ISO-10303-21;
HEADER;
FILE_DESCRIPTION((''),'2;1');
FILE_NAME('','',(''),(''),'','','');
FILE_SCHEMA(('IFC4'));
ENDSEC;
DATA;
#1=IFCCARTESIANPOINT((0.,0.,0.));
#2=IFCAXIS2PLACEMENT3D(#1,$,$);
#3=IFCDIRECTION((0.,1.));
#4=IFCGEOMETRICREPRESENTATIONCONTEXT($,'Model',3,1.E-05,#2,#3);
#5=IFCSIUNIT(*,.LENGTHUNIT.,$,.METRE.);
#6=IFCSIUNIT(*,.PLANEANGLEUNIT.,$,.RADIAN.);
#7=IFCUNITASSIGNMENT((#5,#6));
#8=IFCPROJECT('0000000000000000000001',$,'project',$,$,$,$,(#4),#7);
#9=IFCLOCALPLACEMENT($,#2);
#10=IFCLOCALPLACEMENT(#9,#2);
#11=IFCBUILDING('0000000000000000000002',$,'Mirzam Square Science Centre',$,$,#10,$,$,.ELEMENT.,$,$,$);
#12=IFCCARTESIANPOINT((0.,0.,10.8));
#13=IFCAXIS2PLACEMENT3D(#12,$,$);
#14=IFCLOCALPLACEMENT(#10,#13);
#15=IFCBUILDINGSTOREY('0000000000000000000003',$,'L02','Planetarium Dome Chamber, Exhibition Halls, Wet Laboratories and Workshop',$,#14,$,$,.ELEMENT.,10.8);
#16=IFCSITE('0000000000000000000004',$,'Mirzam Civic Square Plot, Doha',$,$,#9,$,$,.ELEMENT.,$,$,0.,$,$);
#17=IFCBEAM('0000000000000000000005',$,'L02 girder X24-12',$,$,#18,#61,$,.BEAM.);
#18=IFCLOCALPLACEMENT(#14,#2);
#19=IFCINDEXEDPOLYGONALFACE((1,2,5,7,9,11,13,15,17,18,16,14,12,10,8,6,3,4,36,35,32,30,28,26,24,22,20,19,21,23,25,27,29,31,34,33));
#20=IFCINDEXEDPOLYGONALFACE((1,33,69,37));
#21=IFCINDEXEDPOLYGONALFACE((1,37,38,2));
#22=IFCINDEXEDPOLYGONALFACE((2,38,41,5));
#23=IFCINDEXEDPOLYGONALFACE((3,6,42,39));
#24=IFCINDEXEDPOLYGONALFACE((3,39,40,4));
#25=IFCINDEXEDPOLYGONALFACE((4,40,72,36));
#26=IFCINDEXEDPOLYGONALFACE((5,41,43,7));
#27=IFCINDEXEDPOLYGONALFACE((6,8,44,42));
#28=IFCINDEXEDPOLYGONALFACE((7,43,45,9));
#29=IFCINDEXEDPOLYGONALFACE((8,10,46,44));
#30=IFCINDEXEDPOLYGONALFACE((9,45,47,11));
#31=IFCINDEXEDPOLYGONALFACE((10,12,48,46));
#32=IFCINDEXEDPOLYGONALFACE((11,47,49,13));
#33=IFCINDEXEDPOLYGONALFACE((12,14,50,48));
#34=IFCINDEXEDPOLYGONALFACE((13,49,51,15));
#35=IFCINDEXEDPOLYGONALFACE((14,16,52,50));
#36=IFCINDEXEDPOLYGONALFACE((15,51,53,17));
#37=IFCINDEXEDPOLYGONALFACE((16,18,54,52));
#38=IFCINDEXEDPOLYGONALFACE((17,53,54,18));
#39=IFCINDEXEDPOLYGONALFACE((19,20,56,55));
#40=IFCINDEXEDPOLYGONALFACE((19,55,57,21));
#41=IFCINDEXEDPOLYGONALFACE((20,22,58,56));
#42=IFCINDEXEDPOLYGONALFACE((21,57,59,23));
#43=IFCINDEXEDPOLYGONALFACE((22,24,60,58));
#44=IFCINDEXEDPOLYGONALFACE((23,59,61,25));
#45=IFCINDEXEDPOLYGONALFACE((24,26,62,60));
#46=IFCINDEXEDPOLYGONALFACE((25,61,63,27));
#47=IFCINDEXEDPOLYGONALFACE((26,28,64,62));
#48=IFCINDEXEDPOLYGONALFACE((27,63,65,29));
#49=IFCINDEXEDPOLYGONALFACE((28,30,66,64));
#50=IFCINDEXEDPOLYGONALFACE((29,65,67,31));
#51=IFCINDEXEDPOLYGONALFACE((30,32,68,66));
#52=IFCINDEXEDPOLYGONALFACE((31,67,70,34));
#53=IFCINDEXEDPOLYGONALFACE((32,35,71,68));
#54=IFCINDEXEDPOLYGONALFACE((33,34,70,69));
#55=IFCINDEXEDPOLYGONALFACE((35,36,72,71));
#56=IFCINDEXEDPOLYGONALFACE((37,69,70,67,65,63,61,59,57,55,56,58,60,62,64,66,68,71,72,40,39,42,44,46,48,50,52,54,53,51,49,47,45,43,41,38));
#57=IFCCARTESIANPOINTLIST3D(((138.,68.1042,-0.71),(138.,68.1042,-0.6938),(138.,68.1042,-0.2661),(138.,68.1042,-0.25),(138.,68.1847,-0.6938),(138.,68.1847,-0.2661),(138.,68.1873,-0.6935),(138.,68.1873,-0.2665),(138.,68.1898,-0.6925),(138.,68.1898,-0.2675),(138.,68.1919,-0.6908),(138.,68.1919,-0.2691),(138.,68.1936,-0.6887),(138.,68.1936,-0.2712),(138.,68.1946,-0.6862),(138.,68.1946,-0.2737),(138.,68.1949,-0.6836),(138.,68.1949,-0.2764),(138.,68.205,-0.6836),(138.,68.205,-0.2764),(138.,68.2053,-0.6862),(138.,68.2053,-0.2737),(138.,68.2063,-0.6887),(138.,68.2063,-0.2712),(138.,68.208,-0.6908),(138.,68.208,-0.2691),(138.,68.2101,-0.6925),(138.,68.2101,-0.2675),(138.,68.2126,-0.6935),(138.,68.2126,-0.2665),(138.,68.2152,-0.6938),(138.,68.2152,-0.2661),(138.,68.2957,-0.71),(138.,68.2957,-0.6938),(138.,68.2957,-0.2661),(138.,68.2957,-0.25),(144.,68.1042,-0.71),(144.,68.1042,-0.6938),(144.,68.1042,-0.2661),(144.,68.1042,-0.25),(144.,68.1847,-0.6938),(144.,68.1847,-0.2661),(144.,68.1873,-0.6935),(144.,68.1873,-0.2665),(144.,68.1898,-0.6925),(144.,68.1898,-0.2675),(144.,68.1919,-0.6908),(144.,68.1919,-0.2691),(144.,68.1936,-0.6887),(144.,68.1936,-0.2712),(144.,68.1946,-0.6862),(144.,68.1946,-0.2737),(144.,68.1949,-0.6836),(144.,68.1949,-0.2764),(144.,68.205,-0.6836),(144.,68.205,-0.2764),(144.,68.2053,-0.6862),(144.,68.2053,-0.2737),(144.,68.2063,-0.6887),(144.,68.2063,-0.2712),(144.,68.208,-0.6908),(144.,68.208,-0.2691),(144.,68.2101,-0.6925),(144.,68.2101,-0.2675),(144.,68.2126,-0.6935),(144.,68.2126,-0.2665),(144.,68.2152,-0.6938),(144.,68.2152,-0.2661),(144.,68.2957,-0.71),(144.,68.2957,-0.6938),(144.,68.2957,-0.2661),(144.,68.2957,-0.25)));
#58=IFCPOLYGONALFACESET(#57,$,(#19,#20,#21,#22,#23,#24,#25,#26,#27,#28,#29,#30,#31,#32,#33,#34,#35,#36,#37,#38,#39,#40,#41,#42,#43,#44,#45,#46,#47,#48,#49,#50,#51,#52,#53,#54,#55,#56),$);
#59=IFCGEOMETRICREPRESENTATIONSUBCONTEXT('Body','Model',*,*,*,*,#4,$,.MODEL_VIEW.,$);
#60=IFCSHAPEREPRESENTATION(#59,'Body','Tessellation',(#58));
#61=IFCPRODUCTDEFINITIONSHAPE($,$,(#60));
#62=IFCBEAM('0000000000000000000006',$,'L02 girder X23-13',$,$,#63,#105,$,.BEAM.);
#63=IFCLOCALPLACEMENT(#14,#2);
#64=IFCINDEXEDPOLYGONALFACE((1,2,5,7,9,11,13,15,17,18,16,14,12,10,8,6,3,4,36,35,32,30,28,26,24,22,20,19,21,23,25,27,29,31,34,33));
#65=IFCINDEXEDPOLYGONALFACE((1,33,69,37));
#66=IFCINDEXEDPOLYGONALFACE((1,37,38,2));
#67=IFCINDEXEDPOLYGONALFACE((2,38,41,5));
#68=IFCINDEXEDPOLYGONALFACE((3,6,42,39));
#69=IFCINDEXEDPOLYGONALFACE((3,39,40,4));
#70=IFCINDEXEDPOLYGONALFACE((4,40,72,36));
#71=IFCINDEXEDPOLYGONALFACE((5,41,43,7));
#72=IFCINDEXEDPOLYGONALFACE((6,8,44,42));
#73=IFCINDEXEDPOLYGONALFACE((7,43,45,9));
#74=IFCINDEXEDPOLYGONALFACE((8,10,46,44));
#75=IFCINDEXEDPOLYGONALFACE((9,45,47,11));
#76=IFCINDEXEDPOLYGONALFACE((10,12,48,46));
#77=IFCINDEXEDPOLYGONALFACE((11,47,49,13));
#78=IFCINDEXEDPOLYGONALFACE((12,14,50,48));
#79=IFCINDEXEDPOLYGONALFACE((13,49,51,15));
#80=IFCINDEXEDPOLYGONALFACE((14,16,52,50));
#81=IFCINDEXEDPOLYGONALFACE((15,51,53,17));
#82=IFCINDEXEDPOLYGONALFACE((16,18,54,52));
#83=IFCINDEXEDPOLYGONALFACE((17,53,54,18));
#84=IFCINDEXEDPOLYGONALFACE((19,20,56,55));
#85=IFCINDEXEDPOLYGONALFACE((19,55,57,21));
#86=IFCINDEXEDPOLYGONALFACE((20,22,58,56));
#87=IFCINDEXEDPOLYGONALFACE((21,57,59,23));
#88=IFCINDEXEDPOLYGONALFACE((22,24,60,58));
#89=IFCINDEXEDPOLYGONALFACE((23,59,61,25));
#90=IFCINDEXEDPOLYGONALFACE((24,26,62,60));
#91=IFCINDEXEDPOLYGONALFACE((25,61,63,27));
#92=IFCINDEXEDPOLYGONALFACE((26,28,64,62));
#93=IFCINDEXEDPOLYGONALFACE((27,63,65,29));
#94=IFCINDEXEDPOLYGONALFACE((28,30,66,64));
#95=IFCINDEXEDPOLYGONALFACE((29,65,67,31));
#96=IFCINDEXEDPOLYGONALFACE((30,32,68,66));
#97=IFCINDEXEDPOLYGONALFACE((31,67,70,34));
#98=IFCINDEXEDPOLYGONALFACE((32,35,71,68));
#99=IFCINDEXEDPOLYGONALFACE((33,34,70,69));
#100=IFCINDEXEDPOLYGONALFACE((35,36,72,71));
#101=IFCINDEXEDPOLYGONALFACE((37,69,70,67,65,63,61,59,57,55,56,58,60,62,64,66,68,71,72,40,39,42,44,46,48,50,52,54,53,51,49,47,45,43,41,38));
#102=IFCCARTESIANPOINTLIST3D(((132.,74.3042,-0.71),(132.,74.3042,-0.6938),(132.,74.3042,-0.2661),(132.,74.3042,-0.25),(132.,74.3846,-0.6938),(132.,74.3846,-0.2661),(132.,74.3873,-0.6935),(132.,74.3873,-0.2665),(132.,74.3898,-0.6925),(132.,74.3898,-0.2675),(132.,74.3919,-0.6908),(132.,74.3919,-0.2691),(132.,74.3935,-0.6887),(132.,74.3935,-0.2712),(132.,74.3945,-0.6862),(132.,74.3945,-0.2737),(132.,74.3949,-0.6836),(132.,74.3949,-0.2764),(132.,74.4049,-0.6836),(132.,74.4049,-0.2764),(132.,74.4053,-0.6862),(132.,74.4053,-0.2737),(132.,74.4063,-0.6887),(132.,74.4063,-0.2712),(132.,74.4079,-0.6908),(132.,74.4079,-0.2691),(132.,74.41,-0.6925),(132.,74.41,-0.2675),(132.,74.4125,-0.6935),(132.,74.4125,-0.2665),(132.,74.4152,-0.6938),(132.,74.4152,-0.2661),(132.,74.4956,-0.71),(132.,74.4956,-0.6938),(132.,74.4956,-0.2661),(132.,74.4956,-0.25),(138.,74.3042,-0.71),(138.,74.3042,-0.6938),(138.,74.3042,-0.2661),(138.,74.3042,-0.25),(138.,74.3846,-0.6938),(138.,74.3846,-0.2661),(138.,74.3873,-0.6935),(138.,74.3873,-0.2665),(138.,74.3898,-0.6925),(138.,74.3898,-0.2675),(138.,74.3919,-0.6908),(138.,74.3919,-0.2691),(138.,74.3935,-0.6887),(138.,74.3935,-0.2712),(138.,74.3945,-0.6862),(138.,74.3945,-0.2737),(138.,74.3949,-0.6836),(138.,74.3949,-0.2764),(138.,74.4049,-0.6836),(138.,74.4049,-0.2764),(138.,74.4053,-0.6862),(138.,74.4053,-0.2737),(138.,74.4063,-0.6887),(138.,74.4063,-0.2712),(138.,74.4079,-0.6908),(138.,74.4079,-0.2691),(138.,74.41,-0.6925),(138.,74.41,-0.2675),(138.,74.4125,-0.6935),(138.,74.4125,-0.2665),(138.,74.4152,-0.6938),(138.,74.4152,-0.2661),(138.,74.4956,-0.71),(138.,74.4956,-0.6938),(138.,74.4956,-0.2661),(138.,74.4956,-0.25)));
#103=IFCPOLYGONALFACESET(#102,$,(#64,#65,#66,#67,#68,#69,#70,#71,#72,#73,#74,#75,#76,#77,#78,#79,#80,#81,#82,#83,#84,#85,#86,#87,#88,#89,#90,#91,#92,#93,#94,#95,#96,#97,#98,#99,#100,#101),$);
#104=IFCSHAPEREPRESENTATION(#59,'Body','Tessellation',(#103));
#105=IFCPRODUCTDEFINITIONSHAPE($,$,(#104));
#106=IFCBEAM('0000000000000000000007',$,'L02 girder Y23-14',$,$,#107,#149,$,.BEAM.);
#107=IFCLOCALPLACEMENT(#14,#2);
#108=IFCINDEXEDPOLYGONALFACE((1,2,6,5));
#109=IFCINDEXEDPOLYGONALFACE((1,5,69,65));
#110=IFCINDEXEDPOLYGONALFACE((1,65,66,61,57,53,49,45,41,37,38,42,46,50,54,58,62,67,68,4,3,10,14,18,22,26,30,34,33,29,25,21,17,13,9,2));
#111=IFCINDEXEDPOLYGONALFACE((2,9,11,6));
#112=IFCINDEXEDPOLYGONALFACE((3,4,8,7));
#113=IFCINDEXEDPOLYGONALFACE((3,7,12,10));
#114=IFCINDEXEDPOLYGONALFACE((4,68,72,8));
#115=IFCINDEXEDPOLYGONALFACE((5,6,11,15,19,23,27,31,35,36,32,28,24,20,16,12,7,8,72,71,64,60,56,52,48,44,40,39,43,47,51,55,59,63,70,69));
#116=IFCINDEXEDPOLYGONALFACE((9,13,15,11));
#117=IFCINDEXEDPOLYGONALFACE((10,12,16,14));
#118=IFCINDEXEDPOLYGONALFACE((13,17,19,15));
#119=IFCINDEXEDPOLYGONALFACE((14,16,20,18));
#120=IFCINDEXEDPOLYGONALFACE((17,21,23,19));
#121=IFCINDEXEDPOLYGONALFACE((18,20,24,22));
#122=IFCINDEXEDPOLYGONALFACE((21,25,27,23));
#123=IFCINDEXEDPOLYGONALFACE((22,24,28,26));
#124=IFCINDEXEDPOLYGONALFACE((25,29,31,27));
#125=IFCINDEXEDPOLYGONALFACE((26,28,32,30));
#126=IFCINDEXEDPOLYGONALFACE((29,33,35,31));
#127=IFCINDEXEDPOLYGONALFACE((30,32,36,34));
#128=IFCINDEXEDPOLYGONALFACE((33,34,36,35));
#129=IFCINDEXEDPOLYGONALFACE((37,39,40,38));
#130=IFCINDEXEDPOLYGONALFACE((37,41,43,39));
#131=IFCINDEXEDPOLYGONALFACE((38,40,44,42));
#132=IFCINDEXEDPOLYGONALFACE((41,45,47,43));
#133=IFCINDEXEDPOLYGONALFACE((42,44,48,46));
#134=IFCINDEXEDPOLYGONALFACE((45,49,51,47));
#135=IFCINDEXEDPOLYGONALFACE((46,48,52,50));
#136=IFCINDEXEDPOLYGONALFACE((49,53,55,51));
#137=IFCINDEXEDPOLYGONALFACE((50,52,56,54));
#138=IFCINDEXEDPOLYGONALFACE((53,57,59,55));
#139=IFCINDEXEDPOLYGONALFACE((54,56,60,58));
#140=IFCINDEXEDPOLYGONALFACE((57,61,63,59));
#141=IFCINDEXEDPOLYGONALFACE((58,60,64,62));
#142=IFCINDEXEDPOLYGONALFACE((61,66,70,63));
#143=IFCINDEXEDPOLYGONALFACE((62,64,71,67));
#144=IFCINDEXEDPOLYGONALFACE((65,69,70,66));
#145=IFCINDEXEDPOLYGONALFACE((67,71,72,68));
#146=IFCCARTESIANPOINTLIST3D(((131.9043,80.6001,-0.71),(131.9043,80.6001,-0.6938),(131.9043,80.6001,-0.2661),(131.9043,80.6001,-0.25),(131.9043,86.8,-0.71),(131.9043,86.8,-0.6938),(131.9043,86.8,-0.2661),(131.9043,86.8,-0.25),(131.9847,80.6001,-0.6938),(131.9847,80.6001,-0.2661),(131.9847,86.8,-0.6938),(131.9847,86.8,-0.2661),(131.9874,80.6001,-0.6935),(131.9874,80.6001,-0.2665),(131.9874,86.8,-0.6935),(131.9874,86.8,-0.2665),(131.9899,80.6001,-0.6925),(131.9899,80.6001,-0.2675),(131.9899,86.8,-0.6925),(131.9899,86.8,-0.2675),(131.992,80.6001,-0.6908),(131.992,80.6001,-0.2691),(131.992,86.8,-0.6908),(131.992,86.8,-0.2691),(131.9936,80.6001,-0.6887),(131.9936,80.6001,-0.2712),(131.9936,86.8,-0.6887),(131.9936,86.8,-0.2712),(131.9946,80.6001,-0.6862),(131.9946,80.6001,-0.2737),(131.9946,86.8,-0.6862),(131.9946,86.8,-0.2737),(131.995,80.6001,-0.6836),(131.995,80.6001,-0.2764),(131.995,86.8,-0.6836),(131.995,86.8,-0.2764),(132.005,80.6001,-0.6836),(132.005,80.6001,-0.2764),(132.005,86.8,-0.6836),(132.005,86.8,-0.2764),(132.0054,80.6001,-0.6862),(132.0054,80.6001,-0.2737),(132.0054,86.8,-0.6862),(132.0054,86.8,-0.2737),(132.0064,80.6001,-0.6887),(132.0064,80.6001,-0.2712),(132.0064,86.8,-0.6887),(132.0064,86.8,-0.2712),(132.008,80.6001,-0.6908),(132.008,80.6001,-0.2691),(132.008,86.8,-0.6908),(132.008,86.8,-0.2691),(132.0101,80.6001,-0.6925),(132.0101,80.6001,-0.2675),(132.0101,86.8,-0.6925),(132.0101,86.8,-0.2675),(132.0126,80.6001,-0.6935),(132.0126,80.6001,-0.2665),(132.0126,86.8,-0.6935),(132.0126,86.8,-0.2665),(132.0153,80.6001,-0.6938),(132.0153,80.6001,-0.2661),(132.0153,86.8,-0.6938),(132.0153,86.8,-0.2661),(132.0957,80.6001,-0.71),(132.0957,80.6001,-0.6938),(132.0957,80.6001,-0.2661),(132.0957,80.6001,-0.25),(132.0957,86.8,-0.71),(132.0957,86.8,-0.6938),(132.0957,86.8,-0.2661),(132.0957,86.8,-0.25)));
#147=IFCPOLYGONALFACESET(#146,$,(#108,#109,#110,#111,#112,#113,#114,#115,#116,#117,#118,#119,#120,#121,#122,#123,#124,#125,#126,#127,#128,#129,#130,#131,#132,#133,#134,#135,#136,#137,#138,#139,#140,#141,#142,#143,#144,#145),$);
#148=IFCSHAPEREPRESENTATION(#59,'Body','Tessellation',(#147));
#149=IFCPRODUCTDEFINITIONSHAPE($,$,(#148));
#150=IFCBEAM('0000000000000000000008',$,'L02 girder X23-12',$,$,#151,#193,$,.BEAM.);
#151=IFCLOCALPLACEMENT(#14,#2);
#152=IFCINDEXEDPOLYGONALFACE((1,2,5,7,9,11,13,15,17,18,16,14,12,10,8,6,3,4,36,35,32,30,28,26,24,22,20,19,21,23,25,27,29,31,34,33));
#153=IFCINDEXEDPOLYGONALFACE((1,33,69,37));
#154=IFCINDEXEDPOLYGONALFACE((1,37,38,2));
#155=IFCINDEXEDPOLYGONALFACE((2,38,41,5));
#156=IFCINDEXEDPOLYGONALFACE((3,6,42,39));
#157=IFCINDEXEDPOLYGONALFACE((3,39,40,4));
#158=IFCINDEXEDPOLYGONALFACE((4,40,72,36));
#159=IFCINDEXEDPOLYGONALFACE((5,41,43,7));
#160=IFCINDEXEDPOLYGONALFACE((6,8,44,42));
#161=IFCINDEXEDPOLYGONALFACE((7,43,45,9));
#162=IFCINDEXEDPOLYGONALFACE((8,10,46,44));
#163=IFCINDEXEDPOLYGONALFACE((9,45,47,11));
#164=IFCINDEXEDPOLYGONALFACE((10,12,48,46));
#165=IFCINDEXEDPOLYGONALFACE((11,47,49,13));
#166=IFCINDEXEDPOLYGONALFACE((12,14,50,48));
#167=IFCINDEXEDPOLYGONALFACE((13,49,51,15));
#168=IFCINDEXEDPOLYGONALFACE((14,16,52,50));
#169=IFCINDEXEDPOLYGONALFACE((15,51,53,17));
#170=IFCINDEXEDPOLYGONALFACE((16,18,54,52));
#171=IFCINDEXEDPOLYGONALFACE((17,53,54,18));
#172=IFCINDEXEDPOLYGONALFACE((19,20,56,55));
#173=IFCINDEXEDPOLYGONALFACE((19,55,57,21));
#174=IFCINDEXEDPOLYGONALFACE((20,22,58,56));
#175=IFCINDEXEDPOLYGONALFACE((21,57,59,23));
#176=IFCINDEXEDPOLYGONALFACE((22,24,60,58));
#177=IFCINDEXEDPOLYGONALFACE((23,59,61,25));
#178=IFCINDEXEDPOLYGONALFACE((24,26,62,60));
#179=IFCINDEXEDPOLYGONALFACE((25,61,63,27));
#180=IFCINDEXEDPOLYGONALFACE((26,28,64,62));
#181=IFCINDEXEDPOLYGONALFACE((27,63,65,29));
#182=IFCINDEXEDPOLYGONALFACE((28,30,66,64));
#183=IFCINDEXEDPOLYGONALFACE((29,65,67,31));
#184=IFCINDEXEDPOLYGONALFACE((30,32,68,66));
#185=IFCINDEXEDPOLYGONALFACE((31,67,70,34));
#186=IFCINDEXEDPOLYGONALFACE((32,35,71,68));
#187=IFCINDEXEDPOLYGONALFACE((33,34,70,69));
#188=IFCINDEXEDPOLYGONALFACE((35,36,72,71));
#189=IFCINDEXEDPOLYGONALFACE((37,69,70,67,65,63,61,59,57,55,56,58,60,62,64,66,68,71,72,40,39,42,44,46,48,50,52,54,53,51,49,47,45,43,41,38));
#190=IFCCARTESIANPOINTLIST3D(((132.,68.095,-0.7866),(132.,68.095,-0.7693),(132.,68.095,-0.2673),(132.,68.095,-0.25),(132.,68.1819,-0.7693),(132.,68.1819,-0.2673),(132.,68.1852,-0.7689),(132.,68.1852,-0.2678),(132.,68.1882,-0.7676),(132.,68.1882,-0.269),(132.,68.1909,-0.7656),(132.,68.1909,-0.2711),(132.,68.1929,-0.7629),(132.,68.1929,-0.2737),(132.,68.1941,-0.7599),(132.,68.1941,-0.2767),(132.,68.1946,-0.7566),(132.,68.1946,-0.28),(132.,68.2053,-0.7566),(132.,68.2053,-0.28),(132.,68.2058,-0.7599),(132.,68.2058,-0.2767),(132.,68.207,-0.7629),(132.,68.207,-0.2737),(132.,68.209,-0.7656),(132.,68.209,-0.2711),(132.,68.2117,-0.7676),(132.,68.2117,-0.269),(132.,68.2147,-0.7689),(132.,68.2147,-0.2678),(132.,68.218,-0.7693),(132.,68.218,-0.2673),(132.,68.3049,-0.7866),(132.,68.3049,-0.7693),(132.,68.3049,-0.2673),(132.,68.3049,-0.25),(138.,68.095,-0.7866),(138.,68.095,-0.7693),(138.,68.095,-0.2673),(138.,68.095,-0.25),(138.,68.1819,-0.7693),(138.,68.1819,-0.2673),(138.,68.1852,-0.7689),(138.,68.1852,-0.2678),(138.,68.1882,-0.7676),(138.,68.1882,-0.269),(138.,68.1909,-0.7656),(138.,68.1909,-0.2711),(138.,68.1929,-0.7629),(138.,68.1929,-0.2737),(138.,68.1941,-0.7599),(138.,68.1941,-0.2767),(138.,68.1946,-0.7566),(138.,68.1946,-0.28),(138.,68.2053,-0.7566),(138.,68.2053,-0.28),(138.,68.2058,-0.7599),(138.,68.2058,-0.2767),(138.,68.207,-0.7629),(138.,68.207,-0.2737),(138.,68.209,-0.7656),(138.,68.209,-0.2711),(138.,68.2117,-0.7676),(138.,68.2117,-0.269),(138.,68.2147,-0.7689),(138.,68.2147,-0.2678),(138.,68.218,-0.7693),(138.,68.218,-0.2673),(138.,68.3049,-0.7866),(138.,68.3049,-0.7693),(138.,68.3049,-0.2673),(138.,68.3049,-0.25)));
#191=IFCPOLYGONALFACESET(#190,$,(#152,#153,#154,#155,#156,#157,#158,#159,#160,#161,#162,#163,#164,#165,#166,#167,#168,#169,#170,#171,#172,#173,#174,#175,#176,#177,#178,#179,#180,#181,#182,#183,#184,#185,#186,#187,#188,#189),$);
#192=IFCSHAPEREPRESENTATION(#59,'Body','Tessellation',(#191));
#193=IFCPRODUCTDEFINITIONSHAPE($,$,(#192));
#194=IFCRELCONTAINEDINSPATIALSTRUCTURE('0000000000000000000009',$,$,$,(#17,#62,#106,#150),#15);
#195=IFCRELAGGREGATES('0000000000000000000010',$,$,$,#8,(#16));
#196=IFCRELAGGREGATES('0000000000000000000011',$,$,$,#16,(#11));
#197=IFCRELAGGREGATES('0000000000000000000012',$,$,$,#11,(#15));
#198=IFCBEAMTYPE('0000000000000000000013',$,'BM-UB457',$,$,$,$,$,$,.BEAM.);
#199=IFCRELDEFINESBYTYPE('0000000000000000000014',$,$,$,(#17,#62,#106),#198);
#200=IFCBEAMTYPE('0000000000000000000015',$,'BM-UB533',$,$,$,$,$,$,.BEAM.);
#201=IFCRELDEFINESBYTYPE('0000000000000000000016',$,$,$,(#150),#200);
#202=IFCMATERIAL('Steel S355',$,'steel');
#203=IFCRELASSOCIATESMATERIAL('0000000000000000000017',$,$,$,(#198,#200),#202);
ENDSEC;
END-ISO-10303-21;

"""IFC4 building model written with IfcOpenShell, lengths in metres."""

from ifc_helpers import new_model, si_unit, direction, frame, origin, origin_2d, place, context, subcontext, project, spatial, i_section, extrude, material, material_profile, profile_set, type_object, element, save


model = new_model("IFC4")

# Units and contexts
model_context = context("Model", 3, precision=1e-05, world=origin(), true_north=direction((0.0, 1.0)))
body_context = subcontext(model_context, "Body", "Model", "MODEL_VIEW")
ifc_project = project(units=[si_unit("LENGTHUNIT", "METRE"), si_unit("PLANEANGLEUNIT", "RADIAN")], contexts=[model_context])

# Site, building, storey
site_placement = place(None, origin())
site = spatial("IfcSite", under=ifc_project, at=site_placement, Name="Mirzam Civic Square Plot, Doha", CompositionType="ELEMENT", RefElevation=0.0)
building_placement = place(site_placement, origin())
building = spatial("IfcBuilding", under=site, at=building_placement, Name="Mirzam Square Science Centre", CompositionType="ELEMENT")
storey_placement = place(building_placement, frame((0.0, 0.0, 10.8)))
storey = spatial("IfcBuildingStorey", under=building, at=storey_placement, Name="L02", Description="Planetarium Dome Chamber, Exhibition Halls, Wet Laboratories and Workshop", CompositionType="ELEMENT", Elevation=10.8)

# Shared definitions
ifc_material_1 = material(Name="Steel S355", Category="steel")

# Beams
ifc_material_profile_1 = material_profile(ifc_material_1, i_section(OverallWidth=0.1914, OverallDepth=0.46, WebThickness=0.01, FlangeThickness=0.0161, FilletRadius=0.0103, at=origin_2d()), Name="457x191x82UB")
ifc_profile_set_1 = profile_set([ifc_material_profile_1], Name="Steel S355")
beam_type_1 = type_object("IfcBeamType", Name="BM-UB457", PredefinedType="BEAM", material=ifc_profile_set_1)
for number, where, z_axis, x_axis, name in (
    (1, (138.0, 68.2, -0.48), (1.0, 0.0, 0.0), (0.0, 1.0, 0.0), "L02 girder X24-12"),
    (2, (132.0, 74.3999, -0.48), (1.0, 0.0, 0.0), (0.0, 1.0, 0.0), "L02 girder X23-13"),
):
    element("IfcBeam", number, at=place(storey_placement, frame(where, z_axis=z_axis, x_axis=x_axis)), inside=storey, type_object=beam_type_1, Name=name, PredefinedType="BEAM", context=body_context, shape_type="SweptSolid", body=[
        extrude(i_section(OverallWidth=0.1914, OverallDepth=0.46, WebThickness=0.01, FlangeThickness=0.0161, FilletRadius=0.0103, at=origin_2d()), origin(), (0.0, 0.0, 1.0), 6.0),
    ])
beam_1_placement = place(storey_placement, frame((132.0, 80.6001, -0.48), z_axis=(0.0, 1.0, 0.0), x_axis=(-1.0, 0.0, 0.0)))
element("IfcBeam", 3, at=beam_1_placement, inside=storey, type_object=beam_type_1, Name="L02 girder Y23-14", PredefinedType="BEAM", context=body_context, shape_type="SweptSolid", body=[
    extrude(i_section(OverallWidth=0.1914, OverallDepth=0.46, WebThickness=0.01, FlangeThickness=0.0161, FilletRadius=0.0103, at=origin_2d()), origin(), (0.0, 0.0, 1.0), 6.2),
])
ifc_material_profile_2 = material_profile(ifc_material_1, i_section(OverallWidth=0.21, OverallDepth=0.5366, WebThickness=0.0107, FlangeThickness=0.0173, FilletRadius=0.0127, at=origin_2d()), Name="533x210x101UB")
ifc_profile_set_2 = profile_set([ifc_material_profile_2], Name="Steel S355")
beam_type_2 = type_object("IfcBeamType", Name="BM-UB533", PredefinedType="BEAM", material=ifc_profile_set_2)
beam_2_placement = place(storey_placement, frame((132.0, 68.2, -0.5183), z_axis=(1.0, 0.0, 0.0), x_axis=(0.0, 1.0, 0.0)))
element("IfcBeam", 4, at=beam_2_placement, inside=storey, type_object=beam_type_2, Name="L02 girder X23-12", PredefinedType="BEAM", context=body_context, shape_type="SweptSolid", body=[
    extrude(i_section(OverallWidth=0.21, OverallDepth=0.5366, WebThickness=0.0107, FlangeThickness=0.0173, FilletRadius=0.0127, at=origin_2d()), origin(), (0.0, 0.0, 1.0), 6.0),
])

save(model, "model.ifc")
